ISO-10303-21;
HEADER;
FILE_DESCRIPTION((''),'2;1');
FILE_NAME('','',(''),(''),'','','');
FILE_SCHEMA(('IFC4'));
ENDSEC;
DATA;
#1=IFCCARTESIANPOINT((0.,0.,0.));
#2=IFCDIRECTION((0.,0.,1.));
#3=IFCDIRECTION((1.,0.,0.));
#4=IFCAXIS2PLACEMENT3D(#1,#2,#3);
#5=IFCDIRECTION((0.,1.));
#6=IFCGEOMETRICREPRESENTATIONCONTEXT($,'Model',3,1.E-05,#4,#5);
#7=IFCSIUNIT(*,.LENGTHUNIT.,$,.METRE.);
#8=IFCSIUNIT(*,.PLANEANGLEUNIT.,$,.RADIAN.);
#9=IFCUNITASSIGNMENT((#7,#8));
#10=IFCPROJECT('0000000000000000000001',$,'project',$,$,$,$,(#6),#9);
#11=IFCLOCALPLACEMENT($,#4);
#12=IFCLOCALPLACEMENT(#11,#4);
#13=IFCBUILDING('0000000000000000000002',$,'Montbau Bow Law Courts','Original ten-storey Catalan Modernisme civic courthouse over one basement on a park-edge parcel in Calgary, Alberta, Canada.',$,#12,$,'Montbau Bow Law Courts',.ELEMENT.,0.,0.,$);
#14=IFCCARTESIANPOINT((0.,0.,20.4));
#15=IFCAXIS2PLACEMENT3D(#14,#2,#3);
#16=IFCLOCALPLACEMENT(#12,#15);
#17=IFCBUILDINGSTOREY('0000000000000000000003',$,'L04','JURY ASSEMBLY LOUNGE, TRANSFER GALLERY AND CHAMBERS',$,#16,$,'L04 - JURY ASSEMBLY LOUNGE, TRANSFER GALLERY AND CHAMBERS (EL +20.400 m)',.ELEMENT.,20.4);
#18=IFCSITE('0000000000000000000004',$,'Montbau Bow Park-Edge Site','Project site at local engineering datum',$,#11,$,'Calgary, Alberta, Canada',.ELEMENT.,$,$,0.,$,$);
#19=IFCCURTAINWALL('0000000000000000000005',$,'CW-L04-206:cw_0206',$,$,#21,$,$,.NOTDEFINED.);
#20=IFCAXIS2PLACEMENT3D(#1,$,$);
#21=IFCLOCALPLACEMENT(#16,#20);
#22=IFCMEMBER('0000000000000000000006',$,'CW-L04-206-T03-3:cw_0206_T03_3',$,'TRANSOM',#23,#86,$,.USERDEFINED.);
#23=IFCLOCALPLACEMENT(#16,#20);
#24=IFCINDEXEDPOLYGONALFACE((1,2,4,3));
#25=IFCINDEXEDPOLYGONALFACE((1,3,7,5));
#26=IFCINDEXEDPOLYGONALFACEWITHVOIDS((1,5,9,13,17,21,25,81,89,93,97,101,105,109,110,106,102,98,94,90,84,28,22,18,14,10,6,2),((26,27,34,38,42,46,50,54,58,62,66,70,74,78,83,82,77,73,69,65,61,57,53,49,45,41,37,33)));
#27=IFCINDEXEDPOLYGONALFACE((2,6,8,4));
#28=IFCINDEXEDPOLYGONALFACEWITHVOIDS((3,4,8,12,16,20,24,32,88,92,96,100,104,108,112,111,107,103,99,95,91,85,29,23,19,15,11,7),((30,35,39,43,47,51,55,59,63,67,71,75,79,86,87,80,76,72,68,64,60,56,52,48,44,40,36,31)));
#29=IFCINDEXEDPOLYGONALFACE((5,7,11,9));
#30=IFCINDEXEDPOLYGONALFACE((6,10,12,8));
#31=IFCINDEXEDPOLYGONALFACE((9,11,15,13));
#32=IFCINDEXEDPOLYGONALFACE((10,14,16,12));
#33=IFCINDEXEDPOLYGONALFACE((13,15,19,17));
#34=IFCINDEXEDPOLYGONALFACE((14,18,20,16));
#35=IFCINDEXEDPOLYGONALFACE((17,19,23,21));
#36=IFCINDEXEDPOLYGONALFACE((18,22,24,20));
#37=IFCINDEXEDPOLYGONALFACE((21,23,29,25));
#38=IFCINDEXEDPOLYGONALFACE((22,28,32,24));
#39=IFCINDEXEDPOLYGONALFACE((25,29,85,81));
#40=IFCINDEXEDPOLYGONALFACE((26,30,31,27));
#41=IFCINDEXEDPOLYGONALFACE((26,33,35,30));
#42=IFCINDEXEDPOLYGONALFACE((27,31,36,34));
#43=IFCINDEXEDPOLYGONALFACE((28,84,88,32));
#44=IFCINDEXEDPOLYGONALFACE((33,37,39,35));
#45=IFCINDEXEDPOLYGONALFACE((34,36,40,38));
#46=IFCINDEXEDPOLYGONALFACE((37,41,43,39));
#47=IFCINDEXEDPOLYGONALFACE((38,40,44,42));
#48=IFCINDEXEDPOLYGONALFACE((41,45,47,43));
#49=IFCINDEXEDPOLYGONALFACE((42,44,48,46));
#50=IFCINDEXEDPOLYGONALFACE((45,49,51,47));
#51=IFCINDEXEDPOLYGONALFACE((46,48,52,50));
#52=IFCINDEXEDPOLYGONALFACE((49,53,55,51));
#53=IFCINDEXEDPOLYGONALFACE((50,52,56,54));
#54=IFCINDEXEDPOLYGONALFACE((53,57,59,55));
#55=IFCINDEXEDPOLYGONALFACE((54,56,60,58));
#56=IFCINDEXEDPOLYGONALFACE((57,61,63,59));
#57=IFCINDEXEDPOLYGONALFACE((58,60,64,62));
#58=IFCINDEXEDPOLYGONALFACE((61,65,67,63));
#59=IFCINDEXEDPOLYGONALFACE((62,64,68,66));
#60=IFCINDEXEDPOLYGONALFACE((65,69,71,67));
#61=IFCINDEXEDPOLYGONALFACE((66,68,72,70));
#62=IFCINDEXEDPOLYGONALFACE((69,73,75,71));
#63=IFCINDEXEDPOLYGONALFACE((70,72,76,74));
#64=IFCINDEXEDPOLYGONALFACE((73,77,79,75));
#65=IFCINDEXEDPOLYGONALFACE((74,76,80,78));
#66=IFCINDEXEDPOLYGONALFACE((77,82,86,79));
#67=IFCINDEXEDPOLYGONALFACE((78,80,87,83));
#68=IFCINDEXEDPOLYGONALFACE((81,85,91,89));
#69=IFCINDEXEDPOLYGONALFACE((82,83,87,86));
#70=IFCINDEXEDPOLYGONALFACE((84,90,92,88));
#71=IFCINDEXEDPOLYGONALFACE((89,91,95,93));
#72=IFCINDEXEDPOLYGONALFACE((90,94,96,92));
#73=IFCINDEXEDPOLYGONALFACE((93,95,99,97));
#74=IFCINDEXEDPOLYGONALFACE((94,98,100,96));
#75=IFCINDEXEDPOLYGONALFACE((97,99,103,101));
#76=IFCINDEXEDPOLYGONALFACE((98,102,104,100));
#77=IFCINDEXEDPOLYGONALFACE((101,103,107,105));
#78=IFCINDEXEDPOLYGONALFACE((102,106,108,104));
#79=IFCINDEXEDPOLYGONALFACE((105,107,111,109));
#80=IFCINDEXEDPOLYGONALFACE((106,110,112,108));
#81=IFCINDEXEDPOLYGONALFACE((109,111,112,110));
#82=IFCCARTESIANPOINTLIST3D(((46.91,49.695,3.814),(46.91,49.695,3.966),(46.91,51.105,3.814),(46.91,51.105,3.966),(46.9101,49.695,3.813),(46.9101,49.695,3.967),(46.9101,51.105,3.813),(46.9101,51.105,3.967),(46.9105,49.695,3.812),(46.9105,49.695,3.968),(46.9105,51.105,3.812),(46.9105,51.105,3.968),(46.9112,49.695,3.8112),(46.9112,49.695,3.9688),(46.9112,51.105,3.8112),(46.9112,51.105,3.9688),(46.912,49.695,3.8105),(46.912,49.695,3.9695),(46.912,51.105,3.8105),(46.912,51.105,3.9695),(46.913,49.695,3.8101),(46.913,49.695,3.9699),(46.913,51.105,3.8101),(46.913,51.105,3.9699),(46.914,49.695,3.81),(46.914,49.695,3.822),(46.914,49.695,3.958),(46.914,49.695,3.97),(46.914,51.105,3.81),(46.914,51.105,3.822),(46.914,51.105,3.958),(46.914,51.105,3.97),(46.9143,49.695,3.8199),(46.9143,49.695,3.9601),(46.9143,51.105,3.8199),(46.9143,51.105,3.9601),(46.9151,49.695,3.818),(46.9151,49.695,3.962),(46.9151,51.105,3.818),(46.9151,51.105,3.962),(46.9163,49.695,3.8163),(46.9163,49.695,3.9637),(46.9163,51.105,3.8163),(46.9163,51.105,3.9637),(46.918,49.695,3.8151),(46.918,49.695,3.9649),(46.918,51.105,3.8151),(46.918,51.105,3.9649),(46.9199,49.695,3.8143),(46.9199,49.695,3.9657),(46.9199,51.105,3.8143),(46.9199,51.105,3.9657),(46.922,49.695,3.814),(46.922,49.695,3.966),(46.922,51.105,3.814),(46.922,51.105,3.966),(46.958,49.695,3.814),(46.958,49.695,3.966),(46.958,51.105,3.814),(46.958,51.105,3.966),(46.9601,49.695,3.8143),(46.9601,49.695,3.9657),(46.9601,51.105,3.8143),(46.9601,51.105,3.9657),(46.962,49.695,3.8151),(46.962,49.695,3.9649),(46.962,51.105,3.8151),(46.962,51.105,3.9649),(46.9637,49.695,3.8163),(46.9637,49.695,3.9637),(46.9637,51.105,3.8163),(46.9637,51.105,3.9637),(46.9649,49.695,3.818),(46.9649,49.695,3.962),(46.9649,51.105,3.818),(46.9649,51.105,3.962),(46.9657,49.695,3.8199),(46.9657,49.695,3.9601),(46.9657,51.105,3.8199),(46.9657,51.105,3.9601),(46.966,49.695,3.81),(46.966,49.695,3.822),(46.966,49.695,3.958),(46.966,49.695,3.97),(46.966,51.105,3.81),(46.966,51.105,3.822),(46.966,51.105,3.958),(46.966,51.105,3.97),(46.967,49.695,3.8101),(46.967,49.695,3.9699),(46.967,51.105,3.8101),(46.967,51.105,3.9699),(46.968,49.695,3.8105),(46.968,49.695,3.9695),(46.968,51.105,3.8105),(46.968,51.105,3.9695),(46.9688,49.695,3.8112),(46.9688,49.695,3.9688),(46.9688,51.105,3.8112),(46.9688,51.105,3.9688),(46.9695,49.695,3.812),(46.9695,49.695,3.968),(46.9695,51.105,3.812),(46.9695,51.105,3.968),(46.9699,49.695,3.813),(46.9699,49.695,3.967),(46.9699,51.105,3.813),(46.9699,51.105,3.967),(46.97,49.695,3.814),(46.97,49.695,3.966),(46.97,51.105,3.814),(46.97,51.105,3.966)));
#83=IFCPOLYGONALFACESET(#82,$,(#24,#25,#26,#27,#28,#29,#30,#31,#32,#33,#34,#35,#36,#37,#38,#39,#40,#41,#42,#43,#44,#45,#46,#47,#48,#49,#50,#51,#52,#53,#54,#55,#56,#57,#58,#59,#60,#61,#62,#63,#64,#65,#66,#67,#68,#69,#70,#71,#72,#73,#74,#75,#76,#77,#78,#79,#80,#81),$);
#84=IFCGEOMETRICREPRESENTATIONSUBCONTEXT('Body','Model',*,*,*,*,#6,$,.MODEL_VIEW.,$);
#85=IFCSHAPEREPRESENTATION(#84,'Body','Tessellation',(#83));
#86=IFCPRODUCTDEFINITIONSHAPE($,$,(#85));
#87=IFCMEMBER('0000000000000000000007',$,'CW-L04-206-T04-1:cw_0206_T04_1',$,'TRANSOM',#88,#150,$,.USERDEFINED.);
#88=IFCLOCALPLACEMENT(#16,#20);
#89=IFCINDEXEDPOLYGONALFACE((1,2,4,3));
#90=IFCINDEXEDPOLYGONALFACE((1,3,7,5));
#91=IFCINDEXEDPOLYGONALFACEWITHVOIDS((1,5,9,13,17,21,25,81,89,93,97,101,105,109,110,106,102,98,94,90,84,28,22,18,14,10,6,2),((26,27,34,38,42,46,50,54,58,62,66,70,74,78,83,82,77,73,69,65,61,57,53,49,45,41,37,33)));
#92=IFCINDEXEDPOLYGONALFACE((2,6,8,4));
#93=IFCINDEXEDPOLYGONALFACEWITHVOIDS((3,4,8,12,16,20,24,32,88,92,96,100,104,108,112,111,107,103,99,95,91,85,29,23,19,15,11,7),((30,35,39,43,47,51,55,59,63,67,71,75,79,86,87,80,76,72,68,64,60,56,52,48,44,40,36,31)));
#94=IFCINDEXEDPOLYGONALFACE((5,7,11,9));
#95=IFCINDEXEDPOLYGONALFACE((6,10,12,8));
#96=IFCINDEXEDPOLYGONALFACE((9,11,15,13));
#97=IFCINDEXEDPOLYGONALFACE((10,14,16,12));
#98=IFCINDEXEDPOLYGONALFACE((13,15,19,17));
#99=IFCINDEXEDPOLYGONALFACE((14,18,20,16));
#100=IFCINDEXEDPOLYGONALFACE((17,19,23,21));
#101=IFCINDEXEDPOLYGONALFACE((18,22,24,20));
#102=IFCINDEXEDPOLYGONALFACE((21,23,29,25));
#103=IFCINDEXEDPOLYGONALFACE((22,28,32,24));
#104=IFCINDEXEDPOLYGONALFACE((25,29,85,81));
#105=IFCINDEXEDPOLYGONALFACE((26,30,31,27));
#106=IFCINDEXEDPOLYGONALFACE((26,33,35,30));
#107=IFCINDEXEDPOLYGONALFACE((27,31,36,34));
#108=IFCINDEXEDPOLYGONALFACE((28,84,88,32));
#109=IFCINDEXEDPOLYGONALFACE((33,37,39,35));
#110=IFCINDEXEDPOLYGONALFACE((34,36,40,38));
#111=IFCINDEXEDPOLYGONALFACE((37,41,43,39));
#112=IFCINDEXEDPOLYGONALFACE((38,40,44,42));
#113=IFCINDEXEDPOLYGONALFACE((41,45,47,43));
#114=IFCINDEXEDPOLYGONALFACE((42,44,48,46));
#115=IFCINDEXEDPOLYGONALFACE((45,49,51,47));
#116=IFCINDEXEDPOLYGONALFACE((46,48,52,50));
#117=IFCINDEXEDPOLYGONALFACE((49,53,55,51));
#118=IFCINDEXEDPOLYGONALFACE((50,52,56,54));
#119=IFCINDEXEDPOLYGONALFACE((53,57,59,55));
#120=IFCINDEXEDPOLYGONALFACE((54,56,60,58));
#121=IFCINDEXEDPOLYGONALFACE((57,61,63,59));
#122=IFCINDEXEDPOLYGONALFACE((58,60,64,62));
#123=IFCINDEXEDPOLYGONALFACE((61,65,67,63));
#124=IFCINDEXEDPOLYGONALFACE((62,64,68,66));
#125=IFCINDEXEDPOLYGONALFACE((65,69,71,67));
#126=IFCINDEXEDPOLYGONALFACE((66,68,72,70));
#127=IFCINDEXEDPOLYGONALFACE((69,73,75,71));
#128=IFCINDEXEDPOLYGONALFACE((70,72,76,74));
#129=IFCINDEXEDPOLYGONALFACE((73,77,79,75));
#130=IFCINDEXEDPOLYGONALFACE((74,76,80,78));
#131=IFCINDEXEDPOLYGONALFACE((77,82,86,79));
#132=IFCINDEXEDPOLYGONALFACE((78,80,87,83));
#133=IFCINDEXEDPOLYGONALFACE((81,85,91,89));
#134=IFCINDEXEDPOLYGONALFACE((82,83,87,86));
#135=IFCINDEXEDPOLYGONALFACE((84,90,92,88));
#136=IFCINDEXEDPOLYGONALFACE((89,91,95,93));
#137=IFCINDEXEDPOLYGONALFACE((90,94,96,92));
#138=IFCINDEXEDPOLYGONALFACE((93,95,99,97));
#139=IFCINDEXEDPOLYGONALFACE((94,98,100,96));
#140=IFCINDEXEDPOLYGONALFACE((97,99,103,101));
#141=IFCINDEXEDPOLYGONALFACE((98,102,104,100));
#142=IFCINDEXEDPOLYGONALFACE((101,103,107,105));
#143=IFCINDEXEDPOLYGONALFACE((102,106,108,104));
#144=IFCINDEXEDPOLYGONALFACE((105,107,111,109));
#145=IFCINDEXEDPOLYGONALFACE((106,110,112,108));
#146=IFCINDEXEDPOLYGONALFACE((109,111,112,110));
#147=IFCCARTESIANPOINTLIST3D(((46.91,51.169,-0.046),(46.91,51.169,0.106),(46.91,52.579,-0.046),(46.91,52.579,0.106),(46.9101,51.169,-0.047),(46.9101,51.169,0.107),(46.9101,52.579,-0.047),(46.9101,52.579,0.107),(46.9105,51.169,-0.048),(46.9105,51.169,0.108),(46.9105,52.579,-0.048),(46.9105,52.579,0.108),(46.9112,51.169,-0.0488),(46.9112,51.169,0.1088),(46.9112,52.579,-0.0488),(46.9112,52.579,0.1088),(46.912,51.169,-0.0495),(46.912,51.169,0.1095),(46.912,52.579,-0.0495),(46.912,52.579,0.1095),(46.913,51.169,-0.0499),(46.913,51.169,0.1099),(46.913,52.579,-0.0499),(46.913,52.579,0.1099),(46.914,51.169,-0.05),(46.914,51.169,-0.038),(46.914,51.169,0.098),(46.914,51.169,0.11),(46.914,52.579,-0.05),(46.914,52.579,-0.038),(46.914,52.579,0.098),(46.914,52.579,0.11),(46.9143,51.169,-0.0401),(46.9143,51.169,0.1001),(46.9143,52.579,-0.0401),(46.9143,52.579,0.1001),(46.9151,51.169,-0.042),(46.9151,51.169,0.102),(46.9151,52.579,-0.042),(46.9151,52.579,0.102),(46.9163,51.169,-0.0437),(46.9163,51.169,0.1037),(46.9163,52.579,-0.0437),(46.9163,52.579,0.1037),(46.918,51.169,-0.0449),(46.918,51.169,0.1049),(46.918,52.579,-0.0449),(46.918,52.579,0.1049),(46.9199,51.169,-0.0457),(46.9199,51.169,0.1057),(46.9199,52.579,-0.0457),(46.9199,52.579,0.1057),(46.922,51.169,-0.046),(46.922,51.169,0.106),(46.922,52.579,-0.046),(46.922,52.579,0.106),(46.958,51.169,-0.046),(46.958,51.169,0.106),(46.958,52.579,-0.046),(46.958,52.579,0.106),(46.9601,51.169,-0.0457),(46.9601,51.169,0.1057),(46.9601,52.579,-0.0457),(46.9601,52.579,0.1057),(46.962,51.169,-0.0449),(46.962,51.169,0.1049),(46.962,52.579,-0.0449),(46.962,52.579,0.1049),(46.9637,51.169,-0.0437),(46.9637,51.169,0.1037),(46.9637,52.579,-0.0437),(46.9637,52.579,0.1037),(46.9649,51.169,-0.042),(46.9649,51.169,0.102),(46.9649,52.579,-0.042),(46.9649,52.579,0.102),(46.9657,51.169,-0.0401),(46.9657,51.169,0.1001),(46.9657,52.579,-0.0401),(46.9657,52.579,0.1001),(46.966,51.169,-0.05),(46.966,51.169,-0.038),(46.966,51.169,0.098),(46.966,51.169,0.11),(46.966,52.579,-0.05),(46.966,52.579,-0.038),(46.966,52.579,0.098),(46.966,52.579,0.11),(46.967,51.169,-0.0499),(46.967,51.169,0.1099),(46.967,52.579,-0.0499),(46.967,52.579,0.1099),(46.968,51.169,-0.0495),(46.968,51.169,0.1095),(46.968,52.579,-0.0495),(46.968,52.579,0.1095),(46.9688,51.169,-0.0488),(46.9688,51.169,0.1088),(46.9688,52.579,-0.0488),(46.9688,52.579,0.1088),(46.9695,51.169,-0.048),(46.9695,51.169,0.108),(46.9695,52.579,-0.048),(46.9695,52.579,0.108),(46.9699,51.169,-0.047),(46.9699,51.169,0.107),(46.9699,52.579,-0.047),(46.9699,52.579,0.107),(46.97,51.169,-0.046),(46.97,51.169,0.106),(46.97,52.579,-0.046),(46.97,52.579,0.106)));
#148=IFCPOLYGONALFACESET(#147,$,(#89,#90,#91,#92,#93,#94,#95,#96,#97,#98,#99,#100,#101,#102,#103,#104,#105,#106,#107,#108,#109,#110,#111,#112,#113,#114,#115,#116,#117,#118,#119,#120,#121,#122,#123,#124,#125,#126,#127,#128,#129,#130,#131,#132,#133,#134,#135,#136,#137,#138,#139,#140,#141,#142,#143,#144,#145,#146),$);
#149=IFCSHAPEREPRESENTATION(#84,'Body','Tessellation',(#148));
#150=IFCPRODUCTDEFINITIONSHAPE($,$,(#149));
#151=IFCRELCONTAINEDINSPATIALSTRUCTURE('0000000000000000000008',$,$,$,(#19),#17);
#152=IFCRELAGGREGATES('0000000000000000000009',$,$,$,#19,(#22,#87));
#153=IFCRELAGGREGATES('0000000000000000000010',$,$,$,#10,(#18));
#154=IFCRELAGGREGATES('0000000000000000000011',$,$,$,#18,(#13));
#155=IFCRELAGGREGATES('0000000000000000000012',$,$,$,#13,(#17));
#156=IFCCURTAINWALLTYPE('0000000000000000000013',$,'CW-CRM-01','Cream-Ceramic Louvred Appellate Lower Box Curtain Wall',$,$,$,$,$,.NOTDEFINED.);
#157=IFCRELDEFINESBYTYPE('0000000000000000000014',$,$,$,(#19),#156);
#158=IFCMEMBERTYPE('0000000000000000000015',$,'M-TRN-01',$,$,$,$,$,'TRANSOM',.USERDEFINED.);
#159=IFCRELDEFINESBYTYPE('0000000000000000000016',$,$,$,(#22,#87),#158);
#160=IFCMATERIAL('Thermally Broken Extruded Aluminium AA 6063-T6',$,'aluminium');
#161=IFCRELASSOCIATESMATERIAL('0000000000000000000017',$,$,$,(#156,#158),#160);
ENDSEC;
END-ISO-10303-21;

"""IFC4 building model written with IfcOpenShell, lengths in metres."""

from ifc_helpers import new_model, si_unit, direction, frame, origin_with_axes, origin_2d_with_axis, place, context, subcontext, project, spatial, hollow_rectangle, extrude, material, material_profile, profile_set, type_object, element, aggregate, save


model = new_model("IFC4")

# Units and contexts
model_context = context("Model", 3, precision=1e-05, world=origin_with_axes(), true_north=direction((0.0, 1.0)))
body_context = subcontext(model_context, "Body", "Model", "MODEL_VIEW")
ifc_project = project(units=[si_unit("LENGTHUNIT", "METRE"), si_unit("PLANEANGLEUNIT", "RADIAN")], contexts=[model_context])

# Site, building, storey
site_placement = place(None, origin_with_axes())
site = spatial("IfcSite", under=ifc_project, at=site_placement, Name="Montbau Bow Park-Edge Site", Description="Project site at local engineering datum", LongName="Calgary, Alberta, Canada", CompositionType="ELEMENT", RefElevation=0.0)
building_placement = place(site_placement, origin_with_axes())
building = spatial("IfcBuilding", under=site, at=building_placement, Name="Montbau Bow Law Courts", Description="Original ten-storey Catalan Modernisme civic courthouse over one basement on a park-edge parcel in Calgary, Alberta, Canada.", LongName="Montbau Bow Law Courts", CompositionType="ELEMENT", ElevationOfRefHeight=0.0, ElevationOfTerrain=0.0)
storey_placement = place(building_placement, frame((0.0, 0.0, 20.4), z_axis=(0.0, 0.0, 1.0), x_axis=(1.0, 0.0, 0.0)))
storey = spatial("IfcBuildingStorey", under=building, at=storey_placement, Name="L04", Description="JURY ASSEMBLY LOUNGE, TRANSFER GALLERY AND CHAMBERS", LongName="L04 - JURY ASSEMBLY LOUNGE, TRANSFER GALLERY AND CHAMBERS (EL +20.400 m)", CompositionType="ELEMENT", Elevation=20.4)

# Curtain wall, members
ifc_material_1 = material(Name="Thermally Broken Extruded Aluminium AA 6063-T6", Category="aluminium")
curtain_wall_type = type_object("IfcCurtainWallType", Name="CW-CRM-01", Description="Cream-Ceramic Louvred Appellate Lower Box Curtain Wall", PredefinedType="NOTDEFINED", material=ifc_material_1)
curtain_wall_1_placement = place(None, frame((46.94, 46.715, 20.4), z_axis=(0.0, 0.0, 1.0), x_axis=(1.0, 0.0, 0.0)))
curtain_wall_1 = element("IfcCurtainWall", 1, at=curtain_wall_1_placement, inside=storey, type_object=curtain_wall_type, Name="CW-L04-206:cw_0206", PredefinedType="NOTDEFINED")
ifc_material_profile_1 = material_profile(ifc_material_1, hollow_rectangle(XDim=0.06, YDim=0.16, WallThickness=0.004, InnerFilletRadius=0.008, OuterFilletRadius=0.004, at=origin_2d_with_axis()), Name="CWT-160X60", Category="Main", Priority=0)
ifc_profile_set_1 = profile_set([ifc_material_profile_1], Name="Thermally Broken Extruded Aluminium AA 6063-T6")
member_type_1 = type_object("IfcMemberType", Name="M-TRN-01", ElementType="TRANSOM", PredefinedType="USERDEFINED", material=ifc_profile_set_1)
member_1_placement = place(None, frame((46.94, 49.695, 24.29), z_axis=(0.0, 1.0, 0.0), x_axis=(-1.0, 0.0, 0.0)))
member_1 = element("IfcMember", 2, at=member_1_placement, type_object=member_type_1, Name="CW-L04-206-T03-3:cw_0206_T03_3", ObjectType="TRANSOM", PredefinedType="USERDEFINED", context=body_context, shape_type="SweptSolid", body=[
    extrude(hollow_rectangle(XDim=0.06, YDim=0.16, WallThickness=0.004, InnerFilletRadius=0.008, OuterFilletRadius=0.004, at=origin_2d_with_axis()), origin_with_axes(), (0.0, 0.0, 1.0), 1.41),
])
member_2_placement = place(None, frame((46.94, 51.169, 20.43), z_axis=(0.0, 1.0, 0.0), x_axis=(-1.0, 0.0, 0.0)))
member_2 = element("IfcMember", 3, at=member_2_placement, type_object=member_type_1, Name="CW-L04-206-T04-1:cw_0206_T04_1", ObjectType="TRANSOM", PredefinedType="USERDEFINED", context=body_context, shape_type="SweptSolid", body=[
    extrude(hollow_rectangle(XDim=0.06, YDim=0.16, WallThickness=0.004, InnerFilletRadius=0.008, OuterFilletRadius=0.004, at=origin_2d_with_axis()), origin_with_axes(), (0.0, 0.0, 1.0), 1.41),
])

aggregate(curtain_wall_1, [member_1, member_2])

save(model, "model.ifc")
